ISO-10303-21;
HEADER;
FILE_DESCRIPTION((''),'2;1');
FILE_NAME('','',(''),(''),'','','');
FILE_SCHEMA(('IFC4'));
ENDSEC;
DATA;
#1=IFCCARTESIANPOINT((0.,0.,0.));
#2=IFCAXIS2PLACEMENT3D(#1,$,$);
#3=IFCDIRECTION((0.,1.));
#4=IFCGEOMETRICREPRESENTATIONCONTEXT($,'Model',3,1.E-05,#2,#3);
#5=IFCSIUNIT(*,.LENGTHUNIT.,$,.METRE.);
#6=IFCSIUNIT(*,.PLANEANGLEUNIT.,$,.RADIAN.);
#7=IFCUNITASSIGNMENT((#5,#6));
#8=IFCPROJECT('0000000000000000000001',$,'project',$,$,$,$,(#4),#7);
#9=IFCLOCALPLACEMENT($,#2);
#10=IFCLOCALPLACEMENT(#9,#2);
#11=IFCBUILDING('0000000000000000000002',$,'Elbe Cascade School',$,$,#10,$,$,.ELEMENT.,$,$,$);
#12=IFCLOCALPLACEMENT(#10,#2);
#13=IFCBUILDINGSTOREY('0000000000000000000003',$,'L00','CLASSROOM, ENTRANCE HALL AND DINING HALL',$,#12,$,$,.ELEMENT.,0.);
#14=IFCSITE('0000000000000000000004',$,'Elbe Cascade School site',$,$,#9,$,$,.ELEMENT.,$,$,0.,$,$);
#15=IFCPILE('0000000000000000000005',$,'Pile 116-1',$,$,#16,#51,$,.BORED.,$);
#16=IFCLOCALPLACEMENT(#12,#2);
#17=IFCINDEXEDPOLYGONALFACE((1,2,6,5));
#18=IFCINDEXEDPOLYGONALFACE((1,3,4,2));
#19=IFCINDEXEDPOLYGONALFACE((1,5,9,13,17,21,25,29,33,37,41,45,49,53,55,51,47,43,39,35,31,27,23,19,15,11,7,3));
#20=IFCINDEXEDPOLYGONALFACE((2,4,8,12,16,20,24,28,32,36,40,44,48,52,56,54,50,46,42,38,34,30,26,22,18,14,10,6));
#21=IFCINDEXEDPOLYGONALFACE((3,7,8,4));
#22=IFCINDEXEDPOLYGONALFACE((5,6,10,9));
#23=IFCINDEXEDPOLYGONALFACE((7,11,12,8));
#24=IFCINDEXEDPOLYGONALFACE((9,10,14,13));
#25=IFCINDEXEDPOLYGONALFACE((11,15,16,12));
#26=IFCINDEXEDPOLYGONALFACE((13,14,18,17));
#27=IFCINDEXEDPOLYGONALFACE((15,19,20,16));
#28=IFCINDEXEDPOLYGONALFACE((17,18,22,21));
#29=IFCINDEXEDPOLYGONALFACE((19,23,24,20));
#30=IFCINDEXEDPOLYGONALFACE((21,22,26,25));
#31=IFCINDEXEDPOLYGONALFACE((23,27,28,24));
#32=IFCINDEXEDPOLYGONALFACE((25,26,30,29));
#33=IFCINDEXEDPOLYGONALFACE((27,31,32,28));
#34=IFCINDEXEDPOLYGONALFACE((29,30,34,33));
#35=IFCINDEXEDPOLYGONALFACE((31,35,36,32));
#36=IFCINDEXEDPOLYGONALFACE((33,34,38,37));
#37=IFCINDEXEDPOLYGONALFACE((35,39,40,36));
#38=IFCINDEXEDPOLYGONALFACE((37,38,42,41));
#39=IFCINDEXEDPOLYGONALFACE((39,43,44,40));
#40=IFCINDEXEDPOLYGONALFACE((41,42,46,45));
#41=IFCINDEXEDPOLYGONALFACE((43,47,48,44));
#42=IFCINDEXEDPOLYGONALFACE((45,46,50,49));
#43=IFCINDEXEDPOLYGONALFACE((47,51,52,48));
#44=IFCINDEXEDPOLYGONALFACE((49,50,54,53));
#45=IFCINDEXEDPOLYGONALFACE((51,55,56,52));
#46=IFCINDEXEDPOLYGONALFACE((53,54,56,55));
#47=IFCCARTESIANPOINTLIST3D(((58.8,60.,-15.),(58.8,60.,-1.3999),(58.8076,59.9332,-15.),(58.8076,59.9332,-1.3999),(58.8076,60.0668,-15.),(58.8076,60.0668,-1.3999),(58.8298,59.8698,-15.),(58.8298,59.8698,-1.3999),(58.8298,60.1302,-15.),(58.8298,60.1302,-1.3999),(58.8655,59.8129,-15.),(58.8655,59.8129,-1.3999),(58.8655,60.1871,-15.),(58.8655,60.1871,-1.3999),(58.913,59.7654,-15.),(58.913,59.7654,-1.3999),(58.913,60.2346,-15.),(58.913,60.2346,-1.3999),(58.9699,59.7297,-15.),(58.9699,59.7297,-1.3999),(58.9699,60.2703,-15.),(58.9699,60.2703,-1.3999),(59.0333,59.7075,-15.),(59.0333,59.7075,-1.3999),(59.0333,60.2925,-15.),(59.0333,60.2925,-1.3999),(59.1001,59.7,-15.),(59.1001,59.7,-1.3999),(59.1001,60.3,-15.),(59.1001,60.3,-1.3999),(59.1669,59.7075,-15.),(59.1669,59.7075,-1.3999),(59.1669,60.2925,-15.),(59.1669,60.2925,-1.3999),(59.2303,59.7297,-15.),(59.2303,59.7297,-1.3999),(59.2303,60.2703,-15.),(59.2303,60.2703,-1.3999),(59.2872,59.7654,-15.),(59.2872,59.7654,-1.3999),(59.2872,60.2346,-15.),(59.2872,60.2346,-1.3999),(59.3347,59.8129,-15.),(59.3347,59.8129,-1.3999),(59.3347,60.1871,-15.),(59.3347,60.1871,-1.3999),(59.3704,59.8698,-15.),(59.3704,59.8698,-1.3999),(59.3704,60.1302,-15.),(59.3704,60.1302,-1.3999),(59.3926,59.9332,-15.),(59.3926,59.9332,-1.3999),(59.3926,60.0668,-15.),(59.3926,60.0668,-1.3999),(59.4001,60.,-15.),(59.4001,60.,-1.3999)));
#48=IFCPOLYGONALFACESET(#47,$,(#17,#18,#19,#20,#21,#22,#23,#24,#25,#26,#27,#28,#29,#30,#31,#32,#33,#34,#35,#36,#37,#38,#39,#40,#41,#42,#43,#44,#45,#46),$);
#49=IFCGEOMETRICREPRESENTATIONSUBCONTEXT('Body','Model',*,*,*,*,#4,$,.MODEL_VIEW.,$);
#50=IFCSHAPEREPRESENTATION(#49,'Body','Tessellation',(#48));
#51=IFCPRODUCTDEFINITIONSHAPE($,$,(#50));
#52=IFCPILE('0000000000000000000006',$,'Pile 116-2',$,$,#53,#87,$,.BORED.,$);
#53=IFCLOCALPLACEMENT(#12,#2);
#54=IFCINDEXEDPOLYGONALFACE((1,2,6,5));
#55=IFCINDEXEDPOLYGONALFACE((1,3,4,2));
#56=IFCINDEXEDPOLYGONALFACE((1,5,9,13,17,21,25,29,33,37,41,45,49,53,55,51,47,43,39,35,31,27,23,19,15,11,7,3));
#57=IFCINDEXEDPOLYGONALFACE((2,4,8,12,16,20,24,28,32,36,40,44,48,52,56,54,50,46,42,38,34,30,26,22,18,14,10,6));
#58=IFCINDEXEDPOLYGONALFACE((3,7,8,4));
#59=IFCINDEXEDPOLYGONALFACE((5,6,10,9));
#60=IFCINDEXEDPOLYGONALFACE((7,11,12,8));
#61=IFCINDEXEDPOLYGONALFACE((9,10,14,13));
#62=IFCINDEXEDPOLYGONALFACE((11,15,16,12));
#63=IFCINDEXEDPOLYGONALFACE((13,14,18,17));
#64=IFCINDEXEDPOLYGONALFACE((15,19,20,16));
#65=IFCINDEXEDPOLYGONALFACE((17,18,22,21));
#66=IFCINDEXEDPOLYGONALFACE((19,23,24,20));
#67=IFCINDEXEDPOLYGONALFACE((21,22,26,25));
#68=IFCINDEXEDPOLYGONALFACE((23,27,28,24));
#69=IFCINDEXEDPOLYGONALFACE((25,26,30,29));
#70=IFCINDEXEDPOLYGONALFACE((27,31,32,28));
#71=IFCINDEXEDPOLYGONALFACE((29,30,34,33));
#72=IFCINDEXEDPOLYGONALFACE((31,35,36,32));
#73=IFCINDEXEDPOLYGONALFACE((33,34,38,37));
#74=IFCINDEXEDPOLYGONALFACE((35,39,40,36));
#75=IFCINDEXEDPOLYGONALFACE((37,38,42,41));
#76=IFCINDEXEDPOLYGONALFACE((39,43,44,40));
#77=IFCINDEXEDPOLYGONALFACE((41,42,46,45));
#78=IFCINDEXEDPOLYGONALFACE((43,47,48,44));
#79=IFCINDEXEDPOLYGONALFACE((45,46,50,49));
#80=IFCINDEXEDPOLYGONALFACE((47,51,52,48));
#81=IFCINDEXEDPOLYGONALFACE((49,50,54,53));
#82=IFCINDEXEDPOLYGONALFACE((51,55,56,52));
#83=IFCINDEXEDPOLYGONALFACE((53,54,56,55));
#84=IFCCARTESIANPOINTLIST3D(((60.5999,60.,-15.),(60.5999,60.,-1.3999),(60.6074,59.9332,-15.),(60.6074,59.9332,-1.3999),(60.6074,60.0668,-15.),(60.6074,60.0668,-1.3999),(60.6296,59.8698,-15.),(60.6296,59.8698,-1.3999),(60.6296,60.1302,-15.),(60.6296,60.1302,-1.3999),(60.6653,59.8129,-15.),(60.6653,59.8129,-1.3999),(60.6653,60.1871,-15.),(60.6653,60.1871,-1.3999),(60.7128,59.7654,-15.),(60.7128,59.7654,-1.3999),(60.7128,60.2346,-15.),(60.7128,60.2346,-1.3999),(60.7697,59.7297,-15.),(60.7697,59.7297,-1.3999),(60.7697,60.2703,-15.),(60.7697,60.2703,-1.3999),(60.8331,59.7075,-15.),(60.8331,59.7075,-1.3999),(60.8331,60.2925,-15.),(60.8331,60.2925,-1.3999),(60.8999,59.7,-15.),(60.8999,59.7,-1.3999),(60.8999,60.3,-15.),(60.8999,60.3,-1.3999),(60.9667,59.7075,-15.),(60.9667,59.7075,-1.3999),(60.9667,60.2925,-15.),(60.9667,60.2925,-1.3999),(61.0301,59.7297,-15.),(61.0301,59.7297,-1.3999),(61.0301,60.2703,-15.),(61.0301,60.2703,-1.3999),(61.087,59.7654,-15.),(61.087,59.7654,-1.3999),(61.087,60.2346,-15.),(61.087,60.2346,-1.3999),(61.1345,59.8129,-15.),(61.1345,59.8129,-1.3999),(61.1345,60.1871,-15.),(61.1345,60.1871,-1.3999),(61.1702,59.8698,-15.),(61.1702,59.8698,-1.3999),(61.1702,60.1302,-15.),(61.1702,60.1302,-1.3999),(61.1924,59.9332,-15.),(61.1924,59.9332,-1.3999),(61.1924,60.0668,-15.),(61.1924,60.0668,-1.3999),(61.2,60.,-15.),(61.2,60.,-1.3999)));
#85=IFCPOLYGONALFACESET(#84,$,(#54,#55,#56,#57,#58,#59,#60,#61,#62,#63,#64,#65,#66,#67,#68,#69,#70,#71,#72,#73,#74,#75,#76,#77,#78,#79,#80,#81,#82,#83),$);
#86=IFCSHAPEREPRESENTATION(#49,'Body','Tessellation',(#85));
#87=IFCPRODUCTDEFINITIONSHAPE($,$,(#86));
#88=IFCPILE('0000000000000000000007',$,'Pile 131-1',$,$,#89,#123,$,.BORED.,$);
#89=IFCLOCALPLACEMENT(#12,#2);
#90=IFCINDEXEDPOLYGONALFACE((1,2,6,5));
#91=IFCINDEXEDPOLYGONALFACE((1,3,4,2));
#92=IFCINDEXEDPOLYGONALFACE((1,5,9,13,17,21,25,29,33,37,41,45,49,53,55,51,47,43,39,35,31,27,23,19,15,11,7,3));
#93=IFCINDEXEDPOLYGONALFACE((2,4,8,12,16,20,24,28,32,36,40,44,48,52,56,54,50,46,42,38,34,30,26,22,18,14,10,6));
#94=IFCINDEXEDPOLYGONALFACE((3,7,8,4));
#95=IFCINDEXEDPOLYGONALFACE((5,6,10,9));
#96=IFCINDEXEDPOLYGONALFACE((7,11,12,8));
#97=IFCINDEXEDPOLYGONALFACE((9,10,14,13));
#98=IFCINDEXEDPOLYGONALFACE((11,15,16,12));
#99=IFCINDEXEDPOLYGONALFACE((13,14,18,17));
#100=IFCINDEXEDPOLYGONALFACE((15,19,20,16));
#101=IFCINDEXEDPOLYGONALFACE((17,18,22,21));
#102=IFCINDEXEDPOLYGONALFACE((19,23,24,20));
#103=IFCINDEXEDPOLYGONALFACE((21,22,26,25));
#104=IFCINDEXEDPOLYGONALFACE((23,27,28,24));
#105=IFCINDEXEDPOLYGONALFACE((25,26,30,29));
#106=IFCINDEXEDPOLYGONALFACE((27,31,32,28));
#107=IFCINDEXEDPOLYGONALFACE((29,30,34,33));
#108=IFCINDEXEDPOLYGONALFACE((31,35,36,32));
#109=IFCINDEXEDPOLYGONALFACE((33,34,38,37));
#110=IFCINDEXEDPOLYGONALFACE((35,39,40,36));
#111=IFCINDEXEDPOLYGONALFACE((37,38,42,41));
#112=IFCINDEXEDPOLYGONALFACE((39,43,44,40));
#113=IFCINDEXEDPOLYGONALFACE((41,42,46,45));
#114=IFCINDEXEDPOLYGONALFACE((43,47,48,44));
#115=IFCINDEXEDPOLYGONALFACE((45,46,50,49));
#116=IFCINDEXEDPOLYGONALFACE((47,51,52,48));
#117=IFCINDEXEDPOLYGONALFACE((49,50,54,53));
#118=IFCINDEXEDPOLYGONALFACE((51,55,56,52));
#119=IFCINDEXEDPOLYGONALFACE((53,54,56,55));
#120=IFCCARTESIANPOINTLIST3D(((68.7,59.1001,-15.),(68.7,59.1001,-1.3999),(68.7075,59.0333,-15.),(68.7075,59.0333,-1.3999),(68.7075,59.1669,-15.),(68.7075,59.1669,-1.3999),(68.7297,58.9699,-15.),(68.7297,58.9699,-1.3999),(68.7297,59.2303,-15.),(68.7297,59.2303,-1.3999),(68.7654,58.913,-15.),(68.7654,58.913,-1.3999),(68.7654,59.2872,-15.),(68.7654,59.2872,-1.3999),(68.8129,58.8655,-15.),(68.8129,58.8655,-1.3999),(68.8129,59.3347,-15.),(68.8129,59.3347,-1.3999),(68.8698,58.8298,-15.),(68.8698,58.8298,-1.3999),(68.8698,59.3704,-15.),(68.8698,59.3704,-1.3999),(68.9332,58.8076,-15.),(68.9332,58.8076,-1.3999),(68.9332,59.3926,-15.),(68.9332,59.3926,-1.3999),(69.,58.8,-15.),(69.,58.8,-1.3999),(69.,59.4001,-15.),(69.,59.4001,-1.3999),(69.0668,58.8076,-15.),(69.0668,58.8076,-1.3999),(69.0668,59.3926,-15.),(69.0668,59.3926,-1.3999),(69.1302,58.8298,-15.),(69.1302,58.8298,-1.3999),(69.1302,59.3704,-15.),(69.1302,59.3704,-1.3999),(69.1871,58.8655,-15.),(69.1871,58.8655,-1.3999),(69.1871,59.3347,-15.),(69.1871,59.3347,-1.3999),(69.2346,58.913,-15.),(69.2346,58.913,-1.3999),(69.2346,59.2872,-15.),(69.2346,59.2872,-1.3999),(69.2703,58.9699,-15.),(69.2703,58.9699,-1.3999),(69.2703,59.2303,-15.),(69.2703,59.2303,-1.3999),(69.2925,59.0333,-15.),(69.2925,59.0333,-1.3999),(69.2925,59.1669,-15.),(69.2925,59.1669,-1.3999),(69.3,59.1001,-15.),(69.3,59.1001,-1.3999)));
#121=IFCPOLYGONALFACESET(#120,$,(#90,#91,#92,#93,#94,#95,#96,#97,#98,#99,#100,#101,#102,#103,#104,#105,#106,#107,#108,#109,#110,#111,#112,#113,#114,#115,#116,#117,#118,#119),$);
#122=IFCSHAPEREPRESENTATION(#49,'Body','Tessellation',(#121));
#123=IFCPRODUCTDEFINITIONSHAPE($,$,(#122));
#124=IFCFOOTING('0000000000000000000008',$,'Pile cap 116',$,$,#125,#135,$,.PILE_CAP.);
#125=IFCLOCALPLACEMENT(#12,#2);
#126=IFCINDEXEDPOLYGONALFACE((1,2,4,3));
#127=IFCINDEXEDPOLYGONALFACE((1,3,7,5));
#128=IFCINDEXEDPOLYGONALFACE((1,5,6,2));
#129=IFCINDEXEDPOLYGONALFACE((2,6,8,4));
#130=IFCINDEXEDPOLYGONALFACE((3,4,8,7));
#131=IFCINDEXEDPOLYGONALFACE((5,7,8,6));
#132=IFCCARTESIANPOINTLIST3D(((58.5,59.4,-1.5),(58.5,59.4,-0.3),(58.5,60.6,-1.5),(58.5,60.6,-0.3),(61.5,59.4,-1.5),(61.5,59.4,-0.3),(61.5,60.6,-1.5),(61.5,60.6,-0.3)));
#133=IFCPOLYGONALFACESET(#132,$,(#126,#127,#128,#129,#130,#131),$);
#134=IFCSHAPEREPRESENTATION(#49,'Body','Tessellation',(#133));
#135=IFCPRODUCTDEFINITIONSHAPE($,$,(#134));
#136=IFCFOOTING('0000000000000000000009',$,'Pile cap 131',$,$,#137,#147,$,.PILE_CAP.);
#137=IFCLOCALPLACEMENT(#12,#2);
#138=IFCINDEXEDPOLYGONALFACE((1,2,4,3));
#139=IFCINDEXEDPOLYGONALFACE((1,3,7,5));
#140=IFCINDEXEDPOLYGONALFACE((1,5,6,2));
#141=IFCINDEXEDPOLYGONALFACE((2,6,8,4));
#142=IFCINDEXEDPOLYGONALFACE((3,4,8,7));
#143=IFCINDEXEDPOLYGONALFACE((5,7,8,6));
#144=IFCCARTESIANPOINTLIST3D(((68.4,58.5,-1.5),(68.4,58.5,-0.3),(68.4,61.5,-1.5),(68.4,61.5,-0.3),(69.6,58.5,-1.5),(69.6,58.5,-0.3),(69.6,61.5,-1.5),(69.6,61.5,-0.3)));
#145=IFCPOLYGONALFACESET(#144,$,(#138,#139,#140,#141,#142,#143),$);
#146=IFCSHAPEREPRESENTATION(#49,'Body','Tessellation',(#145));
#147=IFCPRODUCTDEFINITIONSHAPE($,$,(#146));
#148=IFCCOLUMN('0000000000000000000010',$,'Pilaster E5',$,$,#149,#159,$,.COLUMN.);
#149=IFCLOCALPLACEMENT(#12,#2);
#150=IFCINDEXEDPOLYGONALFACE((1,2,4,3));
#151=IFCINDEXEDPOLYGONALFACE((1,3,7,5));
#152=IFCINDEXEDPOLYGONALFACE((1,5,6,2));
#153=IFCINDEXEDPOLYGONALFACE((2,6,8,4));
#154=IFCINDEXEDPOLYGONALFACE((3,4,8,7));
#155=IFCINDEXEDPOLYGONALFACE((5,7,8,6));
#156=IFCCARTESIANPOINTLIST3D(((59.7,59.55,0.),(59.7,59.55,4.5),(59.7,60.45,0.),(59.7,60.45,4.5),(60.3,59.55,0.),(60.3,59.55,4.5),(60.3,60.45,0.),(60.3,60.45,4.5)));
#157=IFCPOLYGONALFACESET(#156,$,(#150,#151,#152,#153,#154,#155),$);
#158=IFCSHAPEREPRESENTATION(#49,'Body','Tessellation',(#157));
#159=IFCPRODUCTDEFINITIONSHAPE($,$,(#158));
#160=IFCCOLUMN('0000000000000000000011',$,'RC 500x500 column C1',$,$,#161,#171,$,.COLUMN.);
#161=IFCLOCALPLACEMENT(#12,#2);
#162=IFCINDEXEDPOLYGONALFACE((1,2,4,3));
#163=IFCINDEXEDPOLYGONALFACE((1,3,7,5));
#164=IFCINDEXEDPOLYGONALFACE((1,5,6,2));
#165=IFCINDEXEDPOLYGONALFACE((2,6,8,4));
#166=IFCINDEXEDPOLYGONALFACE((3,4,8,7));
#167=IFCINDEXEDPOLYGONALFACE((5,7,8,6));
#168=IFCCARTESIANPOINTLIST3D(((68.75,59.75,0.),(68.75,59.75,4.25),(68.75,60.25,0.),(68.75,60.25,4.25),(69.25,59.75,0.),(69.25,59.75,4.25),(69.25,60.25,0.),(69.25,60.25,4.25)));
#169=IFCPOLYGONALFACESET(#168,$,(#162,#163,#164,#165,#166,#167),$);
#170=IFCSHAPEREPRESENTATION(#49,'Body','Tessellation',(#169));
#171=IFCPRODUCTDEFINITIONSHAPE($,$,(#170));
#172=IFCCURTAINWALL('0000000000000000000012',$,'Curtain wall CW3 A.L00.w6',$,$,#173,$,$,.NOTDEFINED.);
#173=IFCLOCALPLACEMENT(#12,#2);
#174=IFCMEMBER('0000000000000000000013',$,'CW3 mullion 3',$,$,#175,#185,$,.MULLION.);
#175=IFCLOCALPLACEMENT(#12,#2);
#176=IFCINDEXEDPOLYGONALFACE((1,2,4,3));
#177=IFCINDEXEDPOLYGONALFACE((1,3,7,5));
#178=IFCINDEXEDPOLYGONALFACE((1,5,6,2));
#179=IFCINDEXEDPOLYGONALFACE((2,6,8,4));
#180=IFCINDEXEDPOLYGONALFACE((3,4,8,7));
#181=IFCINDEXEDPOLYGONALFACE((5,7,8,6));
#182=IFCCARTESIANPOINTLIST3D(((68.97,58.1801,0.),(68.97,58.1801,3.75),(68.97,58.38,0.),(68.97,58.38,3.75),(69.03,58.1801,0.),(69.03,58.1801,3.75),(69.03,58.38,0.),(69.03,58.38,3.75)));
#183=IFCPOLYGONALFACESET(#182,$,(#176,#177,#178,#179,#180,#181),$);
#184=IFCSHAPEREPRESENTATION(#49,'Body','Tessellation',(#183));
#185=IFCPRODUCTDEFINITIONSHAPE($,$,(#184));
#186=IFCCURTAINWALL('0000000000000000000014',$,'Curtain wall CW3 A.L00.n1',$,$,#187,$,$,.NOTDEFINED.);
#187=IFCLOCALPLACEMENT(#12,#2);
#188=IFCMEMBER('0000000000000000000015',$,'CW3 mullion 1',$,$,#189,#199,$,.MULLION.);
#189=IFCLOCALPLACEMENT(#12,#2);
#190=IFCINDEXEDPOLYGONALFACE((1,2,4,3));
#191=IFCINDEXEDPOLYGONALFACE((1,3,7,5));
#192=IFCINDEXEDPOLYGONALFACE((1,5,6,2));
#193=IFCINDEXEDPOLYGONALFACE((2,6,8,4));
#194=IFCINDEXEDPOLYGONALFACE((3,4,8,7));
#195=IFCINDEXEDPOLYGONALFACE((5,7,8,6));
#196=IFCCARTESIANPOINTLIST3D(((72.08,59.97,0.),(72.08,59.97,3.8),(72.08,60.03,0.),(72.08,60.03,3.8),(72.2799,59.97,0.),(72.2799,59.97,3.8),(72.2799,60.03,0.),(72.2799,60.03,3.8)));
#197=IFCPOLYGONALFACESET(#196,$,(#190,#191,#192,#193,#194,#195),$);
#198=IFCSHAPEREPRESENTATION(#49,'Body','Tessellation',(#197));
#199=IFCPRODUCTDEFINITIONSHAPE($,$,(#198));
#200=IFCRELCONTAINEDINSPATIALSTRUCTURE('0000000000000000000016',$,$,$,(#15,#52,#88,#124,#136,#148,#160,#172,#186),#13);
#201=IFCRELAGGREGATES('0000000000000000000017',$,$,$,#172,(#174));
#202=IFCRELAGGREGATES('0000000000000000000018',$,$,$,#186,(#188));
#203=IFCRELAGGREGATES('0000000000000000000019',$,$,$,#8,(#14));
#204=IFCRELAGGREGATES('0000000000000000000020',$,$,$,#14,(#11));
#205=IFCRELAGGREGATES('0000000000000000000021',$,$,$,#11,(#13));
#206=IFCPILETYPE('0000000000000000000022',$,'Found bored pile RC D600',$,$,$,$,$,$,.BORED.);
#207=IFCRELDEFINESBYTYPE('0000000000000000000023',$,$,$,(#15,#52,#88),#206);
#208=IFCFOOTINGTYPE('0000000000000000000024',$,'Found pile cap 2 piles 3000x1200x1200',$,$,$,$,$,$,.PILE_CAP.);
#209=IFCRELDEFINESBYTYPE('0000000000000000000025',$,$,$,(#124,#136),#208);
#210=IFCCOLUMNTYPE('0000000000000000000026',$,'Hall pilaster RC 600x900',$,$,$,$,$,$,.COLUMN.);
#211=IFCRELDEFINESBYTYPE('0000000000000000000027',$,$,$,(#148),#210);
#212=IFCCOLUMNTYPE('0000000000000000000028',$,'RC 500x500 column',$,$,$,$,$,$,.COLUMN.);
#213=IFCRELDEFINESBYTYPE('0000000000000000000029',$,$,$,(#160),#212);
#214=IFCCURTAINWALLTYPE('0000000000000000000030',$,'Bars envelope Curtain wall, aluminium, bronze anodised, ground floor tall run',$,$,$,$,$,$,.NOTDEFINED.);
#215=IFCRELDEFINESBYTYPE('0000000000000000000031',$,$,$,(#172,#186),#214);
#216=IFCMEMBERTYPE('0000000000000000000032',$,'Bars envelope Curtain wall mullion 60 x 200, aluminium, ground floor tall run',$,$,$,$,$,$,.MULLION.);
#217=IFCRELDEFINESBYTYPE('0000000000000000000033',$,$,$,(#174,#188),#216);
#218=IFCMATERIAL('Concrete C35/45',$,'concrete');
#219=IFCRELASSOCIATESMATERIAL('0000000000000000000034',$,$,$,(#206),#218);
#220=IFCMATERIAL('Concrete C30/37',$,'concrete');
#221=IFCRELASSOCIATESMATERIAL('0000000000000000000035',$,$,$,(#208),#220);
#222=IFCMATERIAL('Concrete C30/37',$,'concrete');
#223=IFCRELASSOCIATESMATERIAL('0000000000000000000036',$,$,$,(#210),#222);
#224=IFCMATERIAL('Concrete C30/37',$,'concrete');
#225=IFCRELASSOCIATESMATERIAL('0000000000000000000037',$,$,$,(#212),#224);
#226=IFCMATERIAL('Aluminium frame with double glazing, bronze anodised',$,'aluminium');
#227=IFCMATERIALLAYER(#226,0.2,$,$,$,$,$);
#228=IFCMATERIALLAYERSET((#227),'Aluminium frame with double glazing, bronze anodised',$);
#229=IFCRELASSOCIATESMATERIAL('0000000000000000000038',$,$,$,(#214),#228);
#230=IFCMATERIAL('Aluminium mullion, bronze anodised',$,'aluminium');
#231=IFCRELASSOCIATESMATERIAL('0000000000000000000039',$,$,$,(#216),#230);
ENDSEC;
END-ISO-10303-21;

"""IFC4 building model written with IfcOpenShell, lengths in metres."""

from ifc_helpers import new_model, si_unit, direction, frame, origin, origin_2d, place, context, subcontext, project, spatial, rectangle, circle, extrude, material, layer, layer_set, material_profile, profile_set, type_object, element, aggregate, save


model = new_model("IFC4")

# Units and contexts
model_context = context("Model", 3, precision=1e-05, world=origin(), true_north=direction((0.0, 1.0)))
body_context = subcontext(model_context, "Body", "Model", "MODEL_VIEW")
ifc_project = project(units=[si_unit("LENGTHUNIT", "METRE"), si_unit("PLANEANGLEUNIT", "RADIAN")], contexts=[model_context])

# Site, building, storey
site_placement = place(None, origin())
site = spatial("IfcSite", under=ifc_project, at=site_placement, Name="Elbe Cascade School site", CompositionType="ELEMENT", RefElevation=0.0)
building_placement = place(site_placement, origin())
building = spatial("IfcBuilding", under=site, at=building_placement, Name="Elbe Cascade School", CompositionType="ELEMENT")
storey_placement = place(building_placement, origin())
storey = spatial("IfcBuildingStorey", under=building, at=storey_placement, Name="L00", Description="CLASSROOM, ENTRANCE HALL AND DINING HALL", CompositionType="ELEMENT", Elevation=0.0)

# Piles
ifc_material_1 = material(Name="Concrete C35/45", Category="concrete")
ifc_material_profile_1 = material_profile(ifc_material_1, circle(Radius=0.3, at=origin_2d()), Name="RC D600")
ifc_profile_set_1 = profile_set([ifc_material_profile_1], Name="Concrete C35/45")
pile_type = type_object("IfcPileType", Name="Found bored pile RC D600", PredefinedType="BORED", material=ifc_profile_set_1)
for number, where, z_axis, x_axis, name in (
    (1, (59.1001, 60.0, -1.3999), (0.0, 0.0, -1.0), (1.0, 0.0, 0.0), "Pile 116-1"),
    (2, (60.8999, 60.0, -1.3999), (0.0, 0.0, -1.0), (1.0, 0.0, 0.0), "Pile 116-2"),
    (3, (69.0, 59.1001, -1.3999), (0.0, 0.0, -1.0), (1.0, 0.0, 0.0), "Pile 131-1"),
):
    element("IfcPile", number, at=place(storey_placement, frame(where, z_axis=z_axis, x_axis=x_axis)), inside=storey, type_object=pile_type, Name=name, PredefinedType="BORED", context=body_context, shape_type="SweptSolid", body=[
        extrude(circle(Radius=0.3, at=origin_2d()), origin(), (0.0, 0.0, 1.0), 13.6001),
    ])

# Footings
ifc_material_2 = material(Name="Concrete C30/37", Category="concrete")
footing_type = type_object("IfcFootingType", Name="Found pile cap 2 piles 3000x1200x1200", PredefinedType="PILE_CAP", material=ifc_material_2)
footing_1_placement = place(storey_placement, frame((60.0, 60.0, -1.5), z_axis=(0.0, 0.0, 1.0), x_axis=(1.0, 0.0, 0.0)))
element("IfcFooting", 4, at=footing_1_placement, inside=storey, type_object=footing_type, Name="Pile cap 116", PredefinedType="PILE_CAP", context=body_context, shape_type="SweptSolid", body=[
    extrude(rectangle(XDim=3.0, YDim=1.2, at=origin_2d()), origin(), (0.0, 0.0, 1.0), 1.2),
])
footing_2_placement = place(storey_placement, frame((69.0, 60.0, -1.5), z_axis=(0.0, 0.0, 1.0), x_axis=(1.0, 0.0, 0.0)))
element("IfcFooting", 5, at=footing_2_placement, inside=storey, type_object=footing_type, Name="Pile cap 131", PredefinedType="PILE_CAP", context=body_context, shape_type="SweptSolid", body=[
    extrude(rectangle(XDim=1.2, YDim=3.0, at=origin_2d()), origin(), (0.0, 0.0, 1.0), 1.2),
])

# Columns
ifc_material_3 = material(Name="Concrete C30/37", Category="concrete")
ifc_material_profile_2 = material_profile(ifc_material_3, rectangle(XDim=0.6001, YDim=0.8999, at=origin_2d()), Name="RC 600x900")
ifc_profile_set_2 = profile_set([ifc_material_profile_2], Name="Concrete C30/37")
column_type_1 = type_object("IfcColumnType", Name="Hall pilaster RC 600x900", PredefinedType="COLUMN", material=ifc_profile_set_2)
column_1_placement = place(storey_placement, frame((60.0, 60.0, 0.0), z_axis=(0.0, 0.0, 1.0), x_axis=(1.0, 0.0, 0.0)))
element("IfcColumn", 6, at=column_1_placement, inside=storey, type_object=column_type_1, Name="Pilaster E5", PredefinedType="COLUMN", context=body_context, shape_type="SweptSolid", body=[
    extrude(rectangle(XDim=0.6001, YDim=0.8999, at=origin_2d()), origin(), (0.0, 0.0, 1.0), 4.5),
])
ifc_material_4 = material(Name="Concrete C30/37", Category="concrete")
ifc_material_profile_3 = material_profile(ifc_material_4, rectangle(XDim=0.5, YDim=0.5, at=origin_2d()), Name="RC 500x500")
ifc_profile_set_3 = profile_set([ifc_material_profile_3], Name="Concrete C30/37")
column_type_2 = type_object("IfcColumnType", Name="RC 500x500 column", PredefinedType="COLUMN", material=ifc_profile_set_3)
column_2_placement = place(storey_placement, frame((69.0, 60.0, 0.0), z_axis=(0.0, 0.0, 1.0), x_axis=(1.0, 0.0, 0.0)))
element("IfcColumn", 7, at=column_2_placement, inside=storey, type_object=column_type_2, Name="RC 500x500 column C1", PredefinedType="COLUMN", context=body_context, shape_type="SweptSolid", body=[
    extrude(rectangle(XDim=0.5, YDim=0.5, at=origin_2d()), origin(), (0.0, 0.0, 1.0), 4.25),
])

# Curtain wall, member
ifc_material_5 = material(Name="Aluminium frame with double glazing, bronze anodised", Category="aluminium")
ifc_layer_1 = layer(ifc_material_5, 0.2)
ifc_layer_set_1 = layer_set([ifc_layer_1], Name="Aluminium frame with double glazing, bronze anodised")
curtain_wall_type = type_object("IfcCurtainWallType", Name="Bars envelope Curtain wall, aluminium, bronze anodised, ground floor tall run", PredefinedType="NOTDEFINED", material=ifc_layer_set_1)
curtain_wall_1_placement = place(storey_placement, origin())
curtain_wall_1 = element("IfcCurtainWall", 8, at=curtain_wall_1_placement, inside=storey, type_object=curtain_wall_type, Name="Curtain wall CW3 A.L00.w6", PredefinedType="NOTDEFINED")
ifc_material_6 = material(Name="Aluminium mullion, bronze anodised", Category="aluminium")
ifc_material_profile_4 = material_profile(ifc_material_6, rectangle(XDim=0.0601, YDim=0.2, at=origin_2d()), Name="Bars envelope Curtain wall mullion 60 x 200, aluminium, ground floor tall run")
ifc_profile_set_4 = profile_set([ifc_material_profile_4], Name="Aluminium mullion, bronze anodised")
member_type_1 = type_object("IfcMemberType", Name="Bars envelope Curtain wall mullion 60 x 200, aluminium, ground floor tall run", PredefinedType="MULLION", material=ifc_profile_set_4)
member_1_placement = place(storey_placement, frame((69.0, 58.28, 0.0), z_axis=(0.0, 0.0, 1.0), x_axis=(-1.0, 0.0, 0.0)))
member_1 = element("IfcMember", 9, at=member_1_placement, type_object=member_type_1, Name="CW3 mullion 3", PredefinedType="MULLION", context=body_context, shape_type="SweptSolid", body=[
    extrude(rectangle(XDim=0.0601, YDim=0.2, at=origin_2d()), origin(), (0.0, 0.0, 1.0), 3.75),
])
aggregate(curtain_wall_1, [member_1])

# Curtain wall, member
curtain_wall_2_placement = place(storey_placement, origin())
curtain_wall_2 = element("IfcCurtainWall", 10, at=curtain_wall_2_placement, inside=storey, type_object=curtain_wall_type, Name="Curtain wall CW3 A.L00.n1", PredefinedType="NOTDEFINED")
member_2_placement = place(storey_placement, frame((72.1799, 60.0, 0.0), z_axis=(0.0, 0.0, 1.0), x_axis=(0.0, 1.0, 0.0)))
member_2 = element("IfcMember", 11, at=member_2_placement, type_object=member_type_1, Name="CW3 mullion 1", PredefinedType="MULLION", context=body_context, shape_type="SweptSolid", body=[
    extrude(rectangle(XDim=0.0601, YDim=0.2, at=origin_2d()), origin(), (0.0, 0.0, 1.0), 3.8),
])

aggregate(curtain_wall_2, [member_2])

save(model, "model.ifc")
